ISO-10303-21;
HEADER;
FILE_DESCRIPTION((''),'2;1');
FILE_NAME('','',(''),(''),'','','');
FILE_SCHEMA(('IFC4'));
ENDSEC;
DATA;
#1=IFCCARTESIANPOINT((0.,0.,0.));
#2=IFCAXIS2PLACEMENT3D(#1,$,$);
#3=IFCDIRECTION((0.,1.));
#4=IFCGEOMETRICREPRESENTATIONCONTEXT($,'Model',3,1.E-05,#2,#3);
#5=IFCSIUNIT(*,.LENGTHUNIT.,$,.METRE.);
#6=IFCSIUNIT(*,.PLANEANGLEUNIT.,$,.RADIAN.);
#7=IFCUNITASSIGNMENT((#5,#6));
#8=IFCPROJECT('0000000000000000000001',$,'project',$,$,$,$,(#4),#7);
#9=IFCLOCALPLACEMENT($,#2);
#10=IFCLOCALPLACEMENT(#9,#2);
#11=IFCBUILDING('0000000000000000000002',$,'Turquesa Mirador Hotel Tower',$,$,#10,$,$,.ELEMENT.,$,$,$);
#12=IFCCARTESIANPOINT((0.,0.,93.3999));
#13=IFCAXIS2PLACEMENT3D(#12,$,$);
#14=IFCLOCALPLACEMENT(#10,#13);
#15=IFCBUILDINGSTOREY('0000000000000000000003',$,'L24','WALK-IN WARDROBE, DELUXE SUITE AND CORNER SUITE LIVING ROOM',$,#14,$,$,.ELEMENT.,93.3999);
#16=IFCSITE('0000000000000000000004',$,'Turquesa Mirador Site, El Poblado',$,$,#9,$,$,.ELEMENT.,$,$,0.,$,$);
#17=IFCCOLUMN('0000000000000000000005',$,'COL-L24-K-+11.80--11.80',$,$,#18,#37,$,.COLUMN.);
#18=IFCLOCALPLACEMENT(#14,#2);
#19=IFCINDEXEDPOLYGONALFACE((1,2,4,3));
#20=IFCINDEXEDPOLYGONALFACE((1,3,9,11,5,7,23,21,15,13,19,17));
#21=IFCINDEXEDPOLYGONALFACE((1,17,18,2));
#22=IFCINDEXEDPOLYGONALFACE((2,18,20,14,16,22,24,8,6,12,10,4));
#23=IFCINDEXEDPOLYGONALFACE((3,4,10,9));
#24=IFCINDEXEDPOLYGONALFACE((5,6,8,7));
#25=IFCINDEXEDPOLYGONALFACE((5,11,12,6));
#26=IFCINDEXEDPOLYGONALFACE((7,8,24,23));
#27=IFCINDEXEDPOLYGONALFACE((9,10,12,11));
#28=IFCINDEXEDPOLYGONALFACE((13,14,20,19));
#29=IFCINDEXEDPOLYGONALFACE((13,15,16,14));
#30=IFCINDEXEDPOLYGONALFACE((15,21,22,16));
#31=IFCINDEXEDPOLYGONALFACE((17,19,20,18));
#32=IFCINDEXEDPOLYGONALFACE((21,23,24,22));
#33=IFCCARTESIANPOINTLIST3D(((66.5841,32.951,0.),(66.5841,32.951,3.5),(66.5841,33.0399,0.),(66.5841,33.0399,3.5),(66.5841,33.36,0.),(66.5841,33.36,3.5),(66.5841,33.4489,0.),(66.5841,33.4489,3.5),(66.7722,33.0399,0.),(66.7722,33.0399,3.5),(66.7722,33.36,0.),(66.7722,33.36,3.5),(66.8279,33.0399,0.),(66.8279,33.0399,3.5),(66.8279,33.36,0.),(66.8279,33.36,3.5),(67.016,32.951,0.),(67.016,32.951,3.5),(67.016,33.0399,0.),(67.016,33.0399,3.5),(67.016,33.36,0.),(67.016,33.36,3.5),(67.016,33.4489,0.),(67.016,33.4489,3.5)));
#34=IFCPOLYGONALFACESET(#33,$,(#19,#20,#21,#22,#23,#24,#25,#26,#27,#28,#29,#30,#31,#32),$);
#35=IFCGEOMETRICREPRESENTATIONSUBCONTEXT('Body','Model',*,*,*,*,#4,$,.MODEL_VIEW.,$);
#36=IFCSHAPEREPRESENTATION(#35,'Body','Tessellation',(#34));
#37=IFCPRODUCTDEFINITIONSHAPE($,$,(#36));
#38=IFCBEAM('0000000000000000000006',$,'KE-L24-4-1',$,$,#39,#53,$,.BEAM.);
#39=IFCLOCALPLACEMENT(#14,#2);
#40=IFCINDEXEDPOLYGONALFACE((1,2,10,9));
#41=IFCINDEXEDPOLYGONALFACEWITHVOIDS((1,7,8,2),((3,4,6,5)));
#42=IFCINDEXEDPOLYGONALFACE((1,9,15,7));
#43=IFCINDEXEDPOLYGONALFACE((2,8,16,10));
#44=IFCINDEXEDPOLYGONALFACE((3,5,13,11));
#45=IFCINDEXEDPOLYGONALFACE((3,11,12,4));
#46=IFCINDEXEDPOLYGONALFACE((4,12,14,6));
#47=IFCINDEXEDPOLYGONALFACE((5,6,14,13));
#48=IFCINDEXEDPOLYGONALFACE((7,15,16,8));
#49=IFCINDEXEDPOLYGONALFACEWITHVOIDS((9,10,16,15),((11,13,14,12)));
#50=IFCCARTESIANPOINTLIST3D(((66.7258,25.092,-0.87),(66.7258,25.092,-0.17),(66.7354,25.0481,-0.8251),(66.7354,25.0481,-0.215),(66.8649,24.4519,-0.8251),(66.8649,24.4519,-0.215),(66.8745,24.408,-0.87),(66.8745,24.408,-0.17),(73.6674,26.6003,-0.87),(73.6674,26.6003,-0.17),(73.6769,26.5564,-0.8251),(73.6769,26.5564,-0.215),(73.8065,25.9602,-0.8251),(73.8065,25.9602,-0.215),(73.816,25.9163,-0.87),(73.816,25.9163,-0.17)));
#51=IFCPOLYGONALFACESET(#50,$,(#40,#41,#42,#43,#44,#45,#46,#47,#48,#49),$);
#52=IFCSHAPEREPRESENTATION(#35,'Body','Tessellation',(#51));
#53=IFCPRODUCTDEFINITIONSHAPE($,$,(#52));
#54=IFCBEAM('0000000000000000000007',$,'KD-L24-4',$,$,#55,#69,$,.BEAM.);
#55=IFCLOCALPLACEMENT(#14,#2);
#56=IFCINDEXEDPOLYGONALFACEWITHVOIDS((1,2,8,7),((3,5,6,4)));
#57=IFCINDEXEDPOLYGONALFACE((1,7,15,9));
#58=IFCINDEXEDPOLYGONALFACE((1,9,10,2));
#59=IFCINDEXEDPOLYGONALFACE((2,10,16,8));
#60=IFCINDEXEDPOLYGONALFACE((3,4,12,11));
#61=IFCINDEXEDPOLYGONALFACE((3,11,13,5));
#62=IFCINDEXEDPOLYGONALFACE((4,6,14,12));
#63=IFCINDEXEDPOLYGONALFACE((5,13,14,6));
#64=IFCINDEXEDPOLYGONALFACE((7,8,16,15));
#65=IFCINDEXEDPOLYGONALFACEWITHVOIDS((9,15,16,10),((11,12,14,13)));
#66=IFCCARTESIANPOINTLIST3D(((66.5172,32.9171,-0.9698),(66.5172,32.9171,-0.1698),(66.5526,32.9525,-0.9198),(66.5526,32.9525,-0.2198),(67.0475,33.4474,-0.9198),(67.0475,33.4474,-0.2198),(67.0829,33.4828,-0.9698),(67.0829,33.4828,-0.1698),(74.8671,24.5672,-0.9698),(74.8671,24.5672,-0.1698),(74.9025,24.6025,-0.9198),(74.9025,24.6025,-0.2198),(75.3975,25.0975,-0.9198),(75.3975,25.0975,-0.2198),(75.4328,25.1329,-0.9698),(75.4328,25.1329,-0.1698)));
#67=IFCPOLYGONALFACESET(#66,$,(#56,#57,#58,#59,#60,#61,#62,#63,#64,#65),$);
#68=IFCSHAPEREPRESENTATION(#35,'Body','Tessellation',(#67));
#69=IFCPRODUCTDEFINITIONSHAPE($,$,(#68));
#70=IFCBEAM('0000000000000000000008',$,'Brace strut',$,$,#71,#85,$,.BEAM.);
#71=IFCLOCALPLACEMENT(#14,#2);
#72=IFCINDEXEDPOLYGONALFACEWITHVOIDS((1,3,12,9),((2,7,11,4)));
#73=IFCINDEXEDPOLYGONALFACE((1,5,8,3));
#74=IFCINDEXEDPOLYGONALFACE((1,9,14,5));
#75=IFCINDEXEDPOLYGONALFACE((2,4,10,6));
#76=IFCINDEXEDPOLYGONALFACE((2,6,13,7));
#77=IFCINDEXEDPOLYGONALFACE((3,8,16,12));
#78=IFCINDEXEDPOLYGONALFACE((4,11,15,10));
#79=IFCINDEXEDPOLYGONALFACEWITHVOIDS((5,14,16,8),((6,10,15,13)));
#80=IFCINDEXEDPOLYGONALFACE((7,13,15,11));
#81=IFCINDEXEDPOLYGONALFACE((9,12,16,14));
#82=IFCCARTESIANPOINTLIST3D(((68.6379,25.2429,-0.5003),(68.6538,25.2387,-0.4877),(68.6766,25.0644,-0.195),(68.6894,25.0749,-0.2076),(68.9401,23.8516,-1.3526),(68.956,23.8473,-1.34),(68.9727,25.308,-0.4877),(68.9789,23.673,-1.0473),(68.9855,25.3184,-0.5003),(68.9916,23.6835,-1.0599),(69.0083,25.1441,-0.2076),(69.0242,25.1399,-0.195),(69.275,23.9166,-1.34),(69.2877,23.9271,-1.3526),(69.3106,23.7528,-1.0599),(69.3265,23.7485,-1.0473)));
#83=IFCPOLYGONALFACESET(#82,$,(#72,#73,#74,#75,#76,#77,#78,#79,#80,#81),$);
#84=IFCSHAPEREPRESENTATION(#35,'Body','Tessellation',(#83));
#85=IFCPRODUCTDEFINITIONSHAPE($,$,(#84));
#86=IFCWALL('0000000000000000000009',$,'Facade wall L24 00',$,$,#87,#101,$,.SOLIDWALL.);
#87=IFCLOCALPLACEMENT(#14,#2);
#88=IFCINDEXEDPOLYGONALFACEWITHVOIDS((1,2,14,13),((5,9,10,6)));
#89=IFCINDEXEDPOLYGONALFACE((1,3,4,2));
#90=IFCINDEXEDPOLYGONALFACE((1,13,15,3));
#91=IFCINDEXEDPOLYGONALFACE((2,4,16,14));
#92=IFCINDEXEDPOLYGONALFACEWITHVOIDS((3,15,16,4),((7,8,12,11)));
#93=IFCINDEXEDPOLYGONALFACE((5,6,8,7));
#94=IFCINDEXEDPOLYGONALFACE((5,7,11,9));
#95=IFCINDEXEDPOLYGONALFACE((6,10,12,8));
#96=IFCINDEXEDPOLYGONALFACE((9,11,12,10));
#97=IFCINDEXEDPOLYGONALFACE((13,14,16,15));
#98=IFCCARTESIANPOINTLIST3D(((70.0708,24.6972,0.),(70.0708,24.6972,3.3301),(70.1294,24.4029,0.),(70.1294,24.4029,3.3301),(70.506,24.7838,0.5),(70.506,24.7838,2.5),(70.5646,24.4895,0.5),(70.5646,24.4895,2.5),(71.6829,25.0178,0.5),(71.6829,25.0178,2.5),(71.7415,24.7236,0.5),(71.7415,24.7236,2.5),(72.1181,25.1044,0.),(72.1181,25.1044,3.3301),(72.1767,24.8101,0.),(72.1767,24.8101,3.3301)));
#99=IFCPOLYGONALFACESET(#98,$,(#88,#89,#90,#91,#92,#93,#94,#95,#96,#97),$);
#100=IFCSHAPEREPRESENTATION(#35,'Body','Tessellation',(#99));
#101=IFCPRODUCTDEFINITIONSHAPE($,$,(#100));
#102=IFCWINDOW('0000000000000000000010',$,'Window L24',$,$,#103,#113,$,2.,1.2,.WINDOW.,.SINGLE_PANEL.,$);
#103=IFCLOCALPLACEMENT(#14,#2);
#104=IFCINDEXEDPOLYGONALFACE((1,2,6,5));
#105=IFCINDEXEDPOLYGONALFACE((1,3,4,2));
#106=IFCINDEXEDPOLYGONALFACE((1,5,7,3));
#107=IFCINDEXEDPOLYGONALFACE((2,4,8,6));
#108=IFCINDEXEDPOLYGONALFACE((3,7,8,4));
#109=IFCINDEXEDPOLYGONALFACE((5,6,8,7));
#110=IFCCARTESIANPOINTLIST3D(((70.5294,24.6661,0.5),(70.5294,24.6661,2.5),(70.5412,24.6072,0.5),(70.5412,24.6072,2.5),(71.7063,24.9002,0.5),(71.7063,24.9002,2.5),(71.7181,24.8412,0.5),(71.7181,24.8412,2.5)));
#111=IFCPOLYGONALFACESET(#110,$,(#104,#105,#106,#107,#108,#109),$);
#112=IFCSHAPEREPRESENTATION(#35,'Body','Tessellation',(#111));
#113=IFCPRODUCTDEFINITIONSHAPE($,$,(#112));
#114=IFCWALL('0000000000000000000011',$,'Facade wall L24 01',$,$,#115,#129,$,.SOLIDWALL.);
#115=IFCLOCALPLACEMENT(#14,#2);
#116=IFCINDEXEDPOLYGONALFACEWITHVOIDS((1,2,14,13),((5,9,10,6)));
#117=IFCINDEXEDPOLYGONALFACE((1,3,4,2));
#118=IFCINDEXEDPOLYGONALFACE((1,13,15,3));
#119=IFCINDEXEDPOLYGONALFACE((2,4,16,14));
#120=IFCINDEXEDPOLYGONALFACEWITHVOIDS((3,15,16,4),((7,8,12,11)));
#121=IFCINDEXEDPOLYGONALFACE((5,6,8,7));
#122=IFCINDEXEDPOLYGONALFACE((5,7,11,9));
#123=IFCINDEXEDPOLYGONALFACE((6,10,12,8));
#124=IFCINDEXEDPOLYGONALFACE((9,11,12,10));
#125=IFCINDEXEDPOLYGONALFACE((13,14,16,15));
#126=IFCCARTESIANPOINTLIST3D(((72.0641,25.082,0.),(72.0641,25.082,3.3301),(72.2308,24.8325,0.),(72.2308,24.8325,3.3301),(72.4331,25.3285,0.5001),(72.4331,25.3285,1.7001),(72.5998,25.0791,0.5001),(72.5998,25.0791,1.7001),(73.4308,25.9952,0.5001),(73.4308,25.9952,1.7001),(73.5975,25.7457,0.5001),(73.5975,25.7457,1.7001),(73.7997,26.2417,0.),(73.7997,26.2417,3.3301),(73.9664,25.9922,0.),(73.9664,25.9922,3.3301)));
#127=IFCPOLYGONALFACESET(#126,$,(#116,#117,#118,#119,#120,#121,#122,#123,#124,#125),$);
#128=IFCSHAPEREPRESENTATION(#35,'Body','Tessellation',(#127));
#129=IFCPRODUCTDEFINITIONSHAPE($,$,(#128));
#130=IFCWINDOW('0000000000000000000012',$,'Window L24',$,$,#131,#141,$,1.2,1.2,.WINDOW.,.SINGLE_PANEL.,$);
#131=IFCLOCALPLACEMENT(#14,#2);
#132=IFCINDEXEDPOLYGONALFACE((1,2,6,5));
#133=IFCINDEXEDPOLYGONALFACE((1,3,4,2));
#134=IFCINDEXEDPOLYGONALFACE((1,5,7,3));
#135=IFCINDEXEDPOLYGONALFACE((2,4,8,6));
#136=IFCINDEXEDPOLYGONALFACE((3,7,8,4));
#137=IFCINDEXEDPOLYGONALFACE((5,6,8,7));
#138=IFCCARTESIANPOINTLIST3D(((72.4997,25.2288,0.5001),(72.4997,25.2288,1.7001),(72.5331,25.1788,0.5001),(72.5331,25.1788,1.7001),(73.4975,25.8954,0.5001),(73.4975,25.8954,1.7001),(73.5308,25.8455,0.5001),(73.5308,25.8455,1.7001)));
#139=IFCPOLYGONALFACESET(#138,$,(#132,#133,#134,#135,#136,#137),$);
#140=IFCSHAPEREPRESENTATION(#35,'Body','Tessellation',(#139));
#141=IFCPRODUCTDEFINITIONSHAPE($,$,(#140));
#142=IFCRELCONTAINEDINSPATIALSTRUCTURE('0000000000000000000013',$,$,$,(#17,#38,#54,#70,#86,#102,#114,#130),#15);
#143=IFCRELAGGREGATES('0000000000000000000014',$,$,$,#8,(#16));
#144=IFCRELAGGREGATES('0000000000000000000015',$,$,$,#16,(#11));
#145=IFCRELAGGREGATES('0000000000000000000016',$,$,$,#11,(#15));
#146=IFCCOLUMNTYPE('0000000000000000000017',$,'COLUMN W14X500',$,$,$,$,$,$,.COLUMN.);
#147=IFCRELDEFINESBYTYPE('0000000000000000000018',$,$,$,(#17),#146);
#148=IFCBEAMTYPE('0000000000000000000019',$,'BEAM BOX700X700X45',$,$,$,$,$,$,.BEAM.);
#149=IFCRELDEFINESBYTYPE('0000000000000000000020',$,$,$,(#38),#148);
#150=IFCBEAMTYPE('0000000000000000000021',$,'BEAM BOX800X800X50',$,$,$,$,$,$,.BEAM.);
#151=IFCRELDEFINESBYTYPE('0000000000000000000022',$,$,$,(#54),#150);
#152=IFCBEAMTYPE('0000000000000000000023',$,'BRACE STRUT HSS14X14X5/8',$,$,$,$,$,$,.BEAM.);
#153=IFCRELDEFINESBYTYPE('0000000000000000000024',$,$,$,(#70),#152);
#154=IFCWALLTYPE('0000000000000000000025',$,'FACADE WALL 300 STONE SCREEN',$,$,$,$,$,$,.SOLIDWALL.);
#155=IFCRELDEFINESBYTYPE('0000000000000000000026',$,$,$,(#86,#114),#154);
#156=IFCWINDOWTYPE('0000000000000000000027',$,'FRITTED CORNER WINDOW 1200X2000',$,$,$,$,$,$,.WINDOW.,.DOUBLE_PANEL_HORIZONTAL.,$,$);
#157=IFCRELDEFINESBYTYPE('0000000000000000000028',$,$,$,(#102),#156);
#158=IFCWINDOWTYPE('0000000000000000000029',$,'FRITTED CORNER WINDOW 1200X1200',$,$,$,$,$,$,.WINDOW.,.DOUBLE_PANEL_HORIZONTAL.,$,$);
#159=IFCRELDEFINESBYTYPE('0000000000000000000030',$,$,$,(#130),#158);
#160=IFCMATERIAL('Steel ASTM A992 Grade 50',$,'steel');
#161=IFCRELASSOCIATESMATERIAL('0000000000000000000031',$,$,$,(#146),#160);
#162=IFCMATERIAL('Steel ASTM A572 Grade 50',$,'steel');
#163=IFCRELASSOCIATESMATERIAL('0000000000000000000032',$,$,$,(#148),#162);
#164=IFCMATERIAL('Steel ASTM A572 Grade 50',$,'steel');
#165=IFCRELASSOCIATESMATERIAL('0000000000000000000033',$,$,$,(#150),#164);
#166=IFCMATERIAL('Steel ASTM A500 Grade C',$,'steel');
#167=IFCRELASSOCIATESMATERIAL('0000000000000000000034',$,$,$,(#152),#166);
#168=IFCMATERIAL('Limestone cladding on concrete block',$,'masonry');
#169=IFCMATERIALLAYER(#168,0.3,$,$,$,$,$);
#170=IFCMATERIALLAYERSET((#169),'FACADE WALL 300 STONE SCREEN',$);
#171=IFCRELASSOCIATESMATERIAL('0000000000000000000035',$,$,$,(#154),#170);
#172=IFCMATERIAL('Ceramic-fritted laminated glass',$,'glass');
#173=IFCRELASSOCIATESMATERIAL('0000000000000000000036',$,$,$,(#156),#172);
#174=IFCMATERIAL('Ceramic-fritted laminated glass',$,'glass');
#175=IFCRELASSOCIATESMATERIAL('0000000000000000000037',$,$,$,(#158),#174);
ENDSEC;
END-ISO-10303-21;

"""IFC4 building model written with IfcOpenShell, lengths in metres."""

from ifc_helpers import new_model, si_unit, direction, frame, frame_2d, origin, origin_2d, place, context, subcontext, project, spatial, rectangle, hollow_rectangle, i_section, extrude, material, layer, layer_set, material_profile, profile_set, type_object, element, fill, save


model = new_model("IFC4")

# Units and contexts
model_context = context("Model", 3, precision=1e-05, world=origin(), true_north=direction((0.0, 1.0)))
body_context = subcontext(model_context, "Body", "Model", "MODEL_VIEW")
ifc_project = project(units=[si_unit("LENGTHUNIT", "METRE"), si_unit("PLANEANGLEUNIT", "RADIAN")], contexts=[model_context])

# Site, building, storey
site_placement = place(None, origin())
site = spatial("IfcSite", under=ifc_project, at=site_placement, Name="Turquesa Mirador Site, El Poblado", CompositionType="ELEMENT", RefElevation=0.0)
building_placement = place(site_placement, origin())
building = spatial("IfcBuilding", under=site, at=building_placement, Name="Turquesa Mirador Hotel Tower", CompositionType="ELEMENT")
storey_placement = place(building_placement, frame((0.0, 0.0, 93.3999)))
storey = spatial("IfcBuildingStorey", under=building, at=storey_placement, Name="L24", Description="WALK-IN WARDROBE, DELUXE SUITE AND CORNER SUITE LIVING ROOM", CompositionType="ELEMENT", Elevation=93.3999)

# Column
ifc_material_1 = material(Name="Steel ASTM A992 Grade 50", Category="steel")
ifc_material_profile_1 = material_profile(ifc_material_1, i_section(OverallWidth=0.4319, OverallDepth=0.4978, WebThickness=0.0557, FlangeThickness=0.0889, at=origin_2d()), Name="W14X500")
ifc_profile_set_1 = profile_set([ifc_material_profile_1], Name="Steel ASTM A992 Grade 50")
column_type = type_object("IfcColumnType", Name="COLUMN W14X500", PredefinedType="COLUMN", material=ifc_profile_set_1)
column_placement = place(storey_placement, frame((66.8, 33.2, 0.0), z_axis=(0.0, 0.0, 1.0), x_axis=(1.0, 0.0, 0.0)))
element("IfcColumn", 1, at=column_placement, inside=storey, type_object=column_type, Name="COL-L24-K-+11.80--11.80", PredefinedType="COLUMN", context=body_context, shape_type="SweptSolid", body=[
    extrude(i_section(OverallWidth=0.4319, OverallDepth=0.4978, WebThickness=0.0557, FlangeThickness=0.0889, at=origin_2d()), origin(), (0.0, 0.0, 1.0), 3.5),
])

# Beams
ifc_material_2 = material(Name="Steel ASTM A572 Grade 50", Category="steel")
ifc_material_profile_2 = material_profile(ifc_material_2, hollow_rectangle(XDim=0.7, YDim=0.7, WallThickness=0.0449, at=origin_2d()), Name="BOX700X700X45")
ifc_profile_set_2 = profile_set([ifc_material_profile_2], Name="Steel ASTM A572 Grade 50")
beam_type_1 = type_object("IfcBeamType", Name="BEAM BOX700X700X45", PredefinedType="BEAM", material=ifc_profile_set_2)
beam_1_placement = place(storey_placement, frame((73.7417, 26.2583, -0.52), z_axis=(-0.977198, -0.212328, 0.0), x_axis=(0.212328, -0.977198, 0.0)))
element("IfcBeam", 2, at=beam_1_placement, inside=storey, type_object=beam_type_1, Name="KE-L24-4-1", PredefinedType="BEAM", context=body_context, shape_type="SweptSolid", body=[
    extrude(hollow_rectangle(XDim=0.7, YDim=0.7, WallThickness=0.0449, at=origin_2d()), origin(), (0.0, 0.0, 1.0), 7.1035),
])
ifc_material_3 = material(Name="Steel ASTM A572 Grade 50", Category="steel")
ifc_material_profile_3 = material_profile(ifc_material_3, hollow_rectangle(XDim=0.8, YDim=0.8, WallThickness=0.05, at=origin_2d()), Name="BOX800X800X50")
ifc_profile_set_3 = profile_set([ifc_material_profile_3], Name="Steel ASTM A572 Grade 50")
beam_type_2 = type_object("IfcBeamType", Name="BEAM BOX800X800X50", PredefinedType="BEAM", material=ifc_profile_set_3)
beam_2_placement = place(storey_placement, frame((66.8, 33.2, -0.5698), z_axis=(0.707107, -0.707107, 0.0), x_axis=(0.707107, 0.707107, 0.0)))
element("IfcBeam", 3, at=beam_2_placement, inside=storey, type_object=beam_type_2, Name="KD-L24-4", PredefinedType="BEAM", context=body_context, shape_type="SweptSolid", body=[
    extrude(hollow_rectangle(XDim=0.8, YDim=0.8, WallThickness=0.05, at=origin_2d()), origin(), (0.0, 0.0, 1.0), 11.8086),
])
ifc_material_4 = material(Name="Steel ASTM A500 Grade C", Category="steel")
ifc_material_profile_4 = material_profile(ifc_material_4, hollow_rectangle(XDim=0.3557, YDim=0.3557, WallThickness=0.0146, at=origin_2d()), Name="HSS14X14X5/8")
ifc_profile_set_4 = profile_set([ifc_material_profile_4], Name="Steel ASTM A500 Grade C")
beam_type_3 = type_object("IfcBeamType", Name="BRACE STRUT HSS14X14X5/8", PredefinedType="BEAM", material=ifc_profile_set_4)
beam_3_placement = place(storey_placement, frame((69.1333, 23.8, -1.2), z_axis=(-0.182141, 0.838466, 0.513614), x_axis=(-0.977209, -0.21228, 0.0)))
element("IfcBeam", 4, at=beam_3_placement, inside=storey, type_object=beam_type_3, Name="Brace strut", PredefinedType="BEAM", context=body_context, shape_type="SweptSolid", body=[
    extrude(hollow_rectangle(XDim=0.3557, YDim=0.3557, WallThickness=0.0146, at=origin_2d()), origin(), (0.0, 0.0, 1.0), 1.6594),
])

# Walls, openings, windows
ifc_material_5 = material(Name="Limestone cladding on concrete block", Category="masonry")
ifc_layer_1 = layer(ifc_material_5, 0.3)
ifc_layer_set_1 = layer_set([ifc_layer_1], Name="FACADE WALL 300 STONE SCREEN")
wall_type_1 = type_object("IfcWallType", Name="FACADE WALL 300 STONE SCREEN", PredefinedType="SOLIDWALL", material=ifc_layer_set_1)
wall_1_placement = place(storey_placement, frame((70.1001, 24.55, 0.0), z_axis=(0.0, 0.0, 1.0), x_axis=(0.980787, 0.195081, 0.0)))
wall_1 = element("IfcWall", 5, at=wall_1_placement, inside=storey, type_object=wall_type_1, Name="Facade wall L24 00", PredefinedType="SOLIDWALL", context=body_context, shape_type="SweptSolid", body=[
    extrude(rectangle(XDim=2.0874, YDim=0.3, at=frame_2d((1.0437, 0.0))), origin(), (0.0, 0.0, 1.0), 3.3301),
])
opening_1_placement = place(wall_1_placement, frame((0.4436, 0.0, 0.5)))
opening_1 = element("IfcOpeningElement", 6, at=opening_1_placement, cuts=wall_1, PredefinedType="OPENING", context=body_context, shape_type="SweptSolid", body=[
    extrude(rectangle(XDim=1.2, YDim=2.0, at=frame_2d((0.6001, 1.0))), frame((0.0, 0.1599, 0.0), z_axis=(0.0, -1.0, 0.0), x_axis=(1.0, 0.0, 0.0)), (0.0, 0.0, 1.0), 0.3201),
])
ifc_material_6 = material(Name="Ceramic-fritted laminated glass", Category="glass")
window_type_1 = type_object("IfcWindowType", Name="FRITTED CORNER WINDOW 1200X2000", PartitioningType="DOUBLE_PANEL_HORIZONTAL", PredefinedType="WINDOW", material=ifc_material_6)
window_1_placement = place(opening_1_placement, origin())
window_1 = element("IfcWindow", 7, at=window_1_placement, inside=storey, type_object=window_type_1, Name="Window L24", OverallHeight=2.0, OverallWidth=1.2, PartitioningType="SINGLE_PANEL", PredefinedType="WINDOW", context=body_context, shape_type="SweptSolid", body=[
    extrude(rectangle(XDim=1.2, YDim=2.0, at=frame_2d((0.6001, 1.0))), frame((0.0, 0.03, 0.0), z_axis=(0.0, -1.0, 0.0), x_axis=(1.0, 0.0, 0.0)), (0.0, 0.0, 1.0), 0.0601),
])
fill(opening_1, window_1)
wall_2_placement = place(storey_placement, frame((72.1475, 24.9573, 0.0), z_axis=(0.0, 0.0, 1.0), x_axis=(0.831474, 0.555564, 0.0)))
wall_2 = element("IfcWall", 8, at=wall_2_placement, inside=storey, type_object=wall_type_1, Name="Facade wall L24 01", PredefinedType="SOLIDWALL", context=body_context, shape_type="SweptSolid", body=[
    extrude(rectangle(XDim=2.0874, YDim=0.3, at=frame_2d((1.0437, 0.0))), origin(), (0.0, 0.0, 1.0), 3.3301),
])
opening_2_placement = place(wall_2_placement, frame((0.4436, 0.0, 0.5)))
opening_2 = element("IfcOpeningElement", 9, at=opening_2_placement, cuts=wall_2, PredefinedType="OPENING", context=body_context, shape_type="SweptSolid", body=[
    extrude(rectangle(XDim=1.2, YDim=1.2, at=frame_2d((0.6001, 0.6001))), frame((0.0, 0.1599, 0.0), z_axis=(0.0, -1.0, 0.0), x_axis=(1.0, 0.0, 0.0)), (0.0, 0.0, 1.0), 0.3201),
])
ifc_material_7 = material(Name="Ceramic-fritted laminated glass", Category="glass")
window_type_2 = type_object("IfcWindowType", Name="FRITTED CORNER WINDOW 1200X1200", PartitioningType="DOUBLE_PANEL_HORIZONTAL", PredefinedType="WINDOW", material=ifc_material_7)
window_2_placement = place(opening_2_placement, origin())
window_2 = element("IfcWindow", 10, at=window_2_placement, inside=storey, type_object=window_type_2, Name="Window L24", OverallHeight=1.2, OverallWidth=1.2, PartitioningType="SINGLE_PANEL", PredefinedType="WINDOW", context=body_context, shape_type="SweptSolid", body=[
    extrude(rectangle(XDim=1.2, YDim=1.2, at=frame_2d((0.6001, 0.6001))), frame((0.0, 0.03, 0.0), z_axis=(0.0, -1.0, 0.0), x_axis=(1.0, 0.0, 0.0)), (0.0, 0.0, 1.0), 0.0601),
])
fill(opening_2, window_2)

save(model, "model.ifc")
